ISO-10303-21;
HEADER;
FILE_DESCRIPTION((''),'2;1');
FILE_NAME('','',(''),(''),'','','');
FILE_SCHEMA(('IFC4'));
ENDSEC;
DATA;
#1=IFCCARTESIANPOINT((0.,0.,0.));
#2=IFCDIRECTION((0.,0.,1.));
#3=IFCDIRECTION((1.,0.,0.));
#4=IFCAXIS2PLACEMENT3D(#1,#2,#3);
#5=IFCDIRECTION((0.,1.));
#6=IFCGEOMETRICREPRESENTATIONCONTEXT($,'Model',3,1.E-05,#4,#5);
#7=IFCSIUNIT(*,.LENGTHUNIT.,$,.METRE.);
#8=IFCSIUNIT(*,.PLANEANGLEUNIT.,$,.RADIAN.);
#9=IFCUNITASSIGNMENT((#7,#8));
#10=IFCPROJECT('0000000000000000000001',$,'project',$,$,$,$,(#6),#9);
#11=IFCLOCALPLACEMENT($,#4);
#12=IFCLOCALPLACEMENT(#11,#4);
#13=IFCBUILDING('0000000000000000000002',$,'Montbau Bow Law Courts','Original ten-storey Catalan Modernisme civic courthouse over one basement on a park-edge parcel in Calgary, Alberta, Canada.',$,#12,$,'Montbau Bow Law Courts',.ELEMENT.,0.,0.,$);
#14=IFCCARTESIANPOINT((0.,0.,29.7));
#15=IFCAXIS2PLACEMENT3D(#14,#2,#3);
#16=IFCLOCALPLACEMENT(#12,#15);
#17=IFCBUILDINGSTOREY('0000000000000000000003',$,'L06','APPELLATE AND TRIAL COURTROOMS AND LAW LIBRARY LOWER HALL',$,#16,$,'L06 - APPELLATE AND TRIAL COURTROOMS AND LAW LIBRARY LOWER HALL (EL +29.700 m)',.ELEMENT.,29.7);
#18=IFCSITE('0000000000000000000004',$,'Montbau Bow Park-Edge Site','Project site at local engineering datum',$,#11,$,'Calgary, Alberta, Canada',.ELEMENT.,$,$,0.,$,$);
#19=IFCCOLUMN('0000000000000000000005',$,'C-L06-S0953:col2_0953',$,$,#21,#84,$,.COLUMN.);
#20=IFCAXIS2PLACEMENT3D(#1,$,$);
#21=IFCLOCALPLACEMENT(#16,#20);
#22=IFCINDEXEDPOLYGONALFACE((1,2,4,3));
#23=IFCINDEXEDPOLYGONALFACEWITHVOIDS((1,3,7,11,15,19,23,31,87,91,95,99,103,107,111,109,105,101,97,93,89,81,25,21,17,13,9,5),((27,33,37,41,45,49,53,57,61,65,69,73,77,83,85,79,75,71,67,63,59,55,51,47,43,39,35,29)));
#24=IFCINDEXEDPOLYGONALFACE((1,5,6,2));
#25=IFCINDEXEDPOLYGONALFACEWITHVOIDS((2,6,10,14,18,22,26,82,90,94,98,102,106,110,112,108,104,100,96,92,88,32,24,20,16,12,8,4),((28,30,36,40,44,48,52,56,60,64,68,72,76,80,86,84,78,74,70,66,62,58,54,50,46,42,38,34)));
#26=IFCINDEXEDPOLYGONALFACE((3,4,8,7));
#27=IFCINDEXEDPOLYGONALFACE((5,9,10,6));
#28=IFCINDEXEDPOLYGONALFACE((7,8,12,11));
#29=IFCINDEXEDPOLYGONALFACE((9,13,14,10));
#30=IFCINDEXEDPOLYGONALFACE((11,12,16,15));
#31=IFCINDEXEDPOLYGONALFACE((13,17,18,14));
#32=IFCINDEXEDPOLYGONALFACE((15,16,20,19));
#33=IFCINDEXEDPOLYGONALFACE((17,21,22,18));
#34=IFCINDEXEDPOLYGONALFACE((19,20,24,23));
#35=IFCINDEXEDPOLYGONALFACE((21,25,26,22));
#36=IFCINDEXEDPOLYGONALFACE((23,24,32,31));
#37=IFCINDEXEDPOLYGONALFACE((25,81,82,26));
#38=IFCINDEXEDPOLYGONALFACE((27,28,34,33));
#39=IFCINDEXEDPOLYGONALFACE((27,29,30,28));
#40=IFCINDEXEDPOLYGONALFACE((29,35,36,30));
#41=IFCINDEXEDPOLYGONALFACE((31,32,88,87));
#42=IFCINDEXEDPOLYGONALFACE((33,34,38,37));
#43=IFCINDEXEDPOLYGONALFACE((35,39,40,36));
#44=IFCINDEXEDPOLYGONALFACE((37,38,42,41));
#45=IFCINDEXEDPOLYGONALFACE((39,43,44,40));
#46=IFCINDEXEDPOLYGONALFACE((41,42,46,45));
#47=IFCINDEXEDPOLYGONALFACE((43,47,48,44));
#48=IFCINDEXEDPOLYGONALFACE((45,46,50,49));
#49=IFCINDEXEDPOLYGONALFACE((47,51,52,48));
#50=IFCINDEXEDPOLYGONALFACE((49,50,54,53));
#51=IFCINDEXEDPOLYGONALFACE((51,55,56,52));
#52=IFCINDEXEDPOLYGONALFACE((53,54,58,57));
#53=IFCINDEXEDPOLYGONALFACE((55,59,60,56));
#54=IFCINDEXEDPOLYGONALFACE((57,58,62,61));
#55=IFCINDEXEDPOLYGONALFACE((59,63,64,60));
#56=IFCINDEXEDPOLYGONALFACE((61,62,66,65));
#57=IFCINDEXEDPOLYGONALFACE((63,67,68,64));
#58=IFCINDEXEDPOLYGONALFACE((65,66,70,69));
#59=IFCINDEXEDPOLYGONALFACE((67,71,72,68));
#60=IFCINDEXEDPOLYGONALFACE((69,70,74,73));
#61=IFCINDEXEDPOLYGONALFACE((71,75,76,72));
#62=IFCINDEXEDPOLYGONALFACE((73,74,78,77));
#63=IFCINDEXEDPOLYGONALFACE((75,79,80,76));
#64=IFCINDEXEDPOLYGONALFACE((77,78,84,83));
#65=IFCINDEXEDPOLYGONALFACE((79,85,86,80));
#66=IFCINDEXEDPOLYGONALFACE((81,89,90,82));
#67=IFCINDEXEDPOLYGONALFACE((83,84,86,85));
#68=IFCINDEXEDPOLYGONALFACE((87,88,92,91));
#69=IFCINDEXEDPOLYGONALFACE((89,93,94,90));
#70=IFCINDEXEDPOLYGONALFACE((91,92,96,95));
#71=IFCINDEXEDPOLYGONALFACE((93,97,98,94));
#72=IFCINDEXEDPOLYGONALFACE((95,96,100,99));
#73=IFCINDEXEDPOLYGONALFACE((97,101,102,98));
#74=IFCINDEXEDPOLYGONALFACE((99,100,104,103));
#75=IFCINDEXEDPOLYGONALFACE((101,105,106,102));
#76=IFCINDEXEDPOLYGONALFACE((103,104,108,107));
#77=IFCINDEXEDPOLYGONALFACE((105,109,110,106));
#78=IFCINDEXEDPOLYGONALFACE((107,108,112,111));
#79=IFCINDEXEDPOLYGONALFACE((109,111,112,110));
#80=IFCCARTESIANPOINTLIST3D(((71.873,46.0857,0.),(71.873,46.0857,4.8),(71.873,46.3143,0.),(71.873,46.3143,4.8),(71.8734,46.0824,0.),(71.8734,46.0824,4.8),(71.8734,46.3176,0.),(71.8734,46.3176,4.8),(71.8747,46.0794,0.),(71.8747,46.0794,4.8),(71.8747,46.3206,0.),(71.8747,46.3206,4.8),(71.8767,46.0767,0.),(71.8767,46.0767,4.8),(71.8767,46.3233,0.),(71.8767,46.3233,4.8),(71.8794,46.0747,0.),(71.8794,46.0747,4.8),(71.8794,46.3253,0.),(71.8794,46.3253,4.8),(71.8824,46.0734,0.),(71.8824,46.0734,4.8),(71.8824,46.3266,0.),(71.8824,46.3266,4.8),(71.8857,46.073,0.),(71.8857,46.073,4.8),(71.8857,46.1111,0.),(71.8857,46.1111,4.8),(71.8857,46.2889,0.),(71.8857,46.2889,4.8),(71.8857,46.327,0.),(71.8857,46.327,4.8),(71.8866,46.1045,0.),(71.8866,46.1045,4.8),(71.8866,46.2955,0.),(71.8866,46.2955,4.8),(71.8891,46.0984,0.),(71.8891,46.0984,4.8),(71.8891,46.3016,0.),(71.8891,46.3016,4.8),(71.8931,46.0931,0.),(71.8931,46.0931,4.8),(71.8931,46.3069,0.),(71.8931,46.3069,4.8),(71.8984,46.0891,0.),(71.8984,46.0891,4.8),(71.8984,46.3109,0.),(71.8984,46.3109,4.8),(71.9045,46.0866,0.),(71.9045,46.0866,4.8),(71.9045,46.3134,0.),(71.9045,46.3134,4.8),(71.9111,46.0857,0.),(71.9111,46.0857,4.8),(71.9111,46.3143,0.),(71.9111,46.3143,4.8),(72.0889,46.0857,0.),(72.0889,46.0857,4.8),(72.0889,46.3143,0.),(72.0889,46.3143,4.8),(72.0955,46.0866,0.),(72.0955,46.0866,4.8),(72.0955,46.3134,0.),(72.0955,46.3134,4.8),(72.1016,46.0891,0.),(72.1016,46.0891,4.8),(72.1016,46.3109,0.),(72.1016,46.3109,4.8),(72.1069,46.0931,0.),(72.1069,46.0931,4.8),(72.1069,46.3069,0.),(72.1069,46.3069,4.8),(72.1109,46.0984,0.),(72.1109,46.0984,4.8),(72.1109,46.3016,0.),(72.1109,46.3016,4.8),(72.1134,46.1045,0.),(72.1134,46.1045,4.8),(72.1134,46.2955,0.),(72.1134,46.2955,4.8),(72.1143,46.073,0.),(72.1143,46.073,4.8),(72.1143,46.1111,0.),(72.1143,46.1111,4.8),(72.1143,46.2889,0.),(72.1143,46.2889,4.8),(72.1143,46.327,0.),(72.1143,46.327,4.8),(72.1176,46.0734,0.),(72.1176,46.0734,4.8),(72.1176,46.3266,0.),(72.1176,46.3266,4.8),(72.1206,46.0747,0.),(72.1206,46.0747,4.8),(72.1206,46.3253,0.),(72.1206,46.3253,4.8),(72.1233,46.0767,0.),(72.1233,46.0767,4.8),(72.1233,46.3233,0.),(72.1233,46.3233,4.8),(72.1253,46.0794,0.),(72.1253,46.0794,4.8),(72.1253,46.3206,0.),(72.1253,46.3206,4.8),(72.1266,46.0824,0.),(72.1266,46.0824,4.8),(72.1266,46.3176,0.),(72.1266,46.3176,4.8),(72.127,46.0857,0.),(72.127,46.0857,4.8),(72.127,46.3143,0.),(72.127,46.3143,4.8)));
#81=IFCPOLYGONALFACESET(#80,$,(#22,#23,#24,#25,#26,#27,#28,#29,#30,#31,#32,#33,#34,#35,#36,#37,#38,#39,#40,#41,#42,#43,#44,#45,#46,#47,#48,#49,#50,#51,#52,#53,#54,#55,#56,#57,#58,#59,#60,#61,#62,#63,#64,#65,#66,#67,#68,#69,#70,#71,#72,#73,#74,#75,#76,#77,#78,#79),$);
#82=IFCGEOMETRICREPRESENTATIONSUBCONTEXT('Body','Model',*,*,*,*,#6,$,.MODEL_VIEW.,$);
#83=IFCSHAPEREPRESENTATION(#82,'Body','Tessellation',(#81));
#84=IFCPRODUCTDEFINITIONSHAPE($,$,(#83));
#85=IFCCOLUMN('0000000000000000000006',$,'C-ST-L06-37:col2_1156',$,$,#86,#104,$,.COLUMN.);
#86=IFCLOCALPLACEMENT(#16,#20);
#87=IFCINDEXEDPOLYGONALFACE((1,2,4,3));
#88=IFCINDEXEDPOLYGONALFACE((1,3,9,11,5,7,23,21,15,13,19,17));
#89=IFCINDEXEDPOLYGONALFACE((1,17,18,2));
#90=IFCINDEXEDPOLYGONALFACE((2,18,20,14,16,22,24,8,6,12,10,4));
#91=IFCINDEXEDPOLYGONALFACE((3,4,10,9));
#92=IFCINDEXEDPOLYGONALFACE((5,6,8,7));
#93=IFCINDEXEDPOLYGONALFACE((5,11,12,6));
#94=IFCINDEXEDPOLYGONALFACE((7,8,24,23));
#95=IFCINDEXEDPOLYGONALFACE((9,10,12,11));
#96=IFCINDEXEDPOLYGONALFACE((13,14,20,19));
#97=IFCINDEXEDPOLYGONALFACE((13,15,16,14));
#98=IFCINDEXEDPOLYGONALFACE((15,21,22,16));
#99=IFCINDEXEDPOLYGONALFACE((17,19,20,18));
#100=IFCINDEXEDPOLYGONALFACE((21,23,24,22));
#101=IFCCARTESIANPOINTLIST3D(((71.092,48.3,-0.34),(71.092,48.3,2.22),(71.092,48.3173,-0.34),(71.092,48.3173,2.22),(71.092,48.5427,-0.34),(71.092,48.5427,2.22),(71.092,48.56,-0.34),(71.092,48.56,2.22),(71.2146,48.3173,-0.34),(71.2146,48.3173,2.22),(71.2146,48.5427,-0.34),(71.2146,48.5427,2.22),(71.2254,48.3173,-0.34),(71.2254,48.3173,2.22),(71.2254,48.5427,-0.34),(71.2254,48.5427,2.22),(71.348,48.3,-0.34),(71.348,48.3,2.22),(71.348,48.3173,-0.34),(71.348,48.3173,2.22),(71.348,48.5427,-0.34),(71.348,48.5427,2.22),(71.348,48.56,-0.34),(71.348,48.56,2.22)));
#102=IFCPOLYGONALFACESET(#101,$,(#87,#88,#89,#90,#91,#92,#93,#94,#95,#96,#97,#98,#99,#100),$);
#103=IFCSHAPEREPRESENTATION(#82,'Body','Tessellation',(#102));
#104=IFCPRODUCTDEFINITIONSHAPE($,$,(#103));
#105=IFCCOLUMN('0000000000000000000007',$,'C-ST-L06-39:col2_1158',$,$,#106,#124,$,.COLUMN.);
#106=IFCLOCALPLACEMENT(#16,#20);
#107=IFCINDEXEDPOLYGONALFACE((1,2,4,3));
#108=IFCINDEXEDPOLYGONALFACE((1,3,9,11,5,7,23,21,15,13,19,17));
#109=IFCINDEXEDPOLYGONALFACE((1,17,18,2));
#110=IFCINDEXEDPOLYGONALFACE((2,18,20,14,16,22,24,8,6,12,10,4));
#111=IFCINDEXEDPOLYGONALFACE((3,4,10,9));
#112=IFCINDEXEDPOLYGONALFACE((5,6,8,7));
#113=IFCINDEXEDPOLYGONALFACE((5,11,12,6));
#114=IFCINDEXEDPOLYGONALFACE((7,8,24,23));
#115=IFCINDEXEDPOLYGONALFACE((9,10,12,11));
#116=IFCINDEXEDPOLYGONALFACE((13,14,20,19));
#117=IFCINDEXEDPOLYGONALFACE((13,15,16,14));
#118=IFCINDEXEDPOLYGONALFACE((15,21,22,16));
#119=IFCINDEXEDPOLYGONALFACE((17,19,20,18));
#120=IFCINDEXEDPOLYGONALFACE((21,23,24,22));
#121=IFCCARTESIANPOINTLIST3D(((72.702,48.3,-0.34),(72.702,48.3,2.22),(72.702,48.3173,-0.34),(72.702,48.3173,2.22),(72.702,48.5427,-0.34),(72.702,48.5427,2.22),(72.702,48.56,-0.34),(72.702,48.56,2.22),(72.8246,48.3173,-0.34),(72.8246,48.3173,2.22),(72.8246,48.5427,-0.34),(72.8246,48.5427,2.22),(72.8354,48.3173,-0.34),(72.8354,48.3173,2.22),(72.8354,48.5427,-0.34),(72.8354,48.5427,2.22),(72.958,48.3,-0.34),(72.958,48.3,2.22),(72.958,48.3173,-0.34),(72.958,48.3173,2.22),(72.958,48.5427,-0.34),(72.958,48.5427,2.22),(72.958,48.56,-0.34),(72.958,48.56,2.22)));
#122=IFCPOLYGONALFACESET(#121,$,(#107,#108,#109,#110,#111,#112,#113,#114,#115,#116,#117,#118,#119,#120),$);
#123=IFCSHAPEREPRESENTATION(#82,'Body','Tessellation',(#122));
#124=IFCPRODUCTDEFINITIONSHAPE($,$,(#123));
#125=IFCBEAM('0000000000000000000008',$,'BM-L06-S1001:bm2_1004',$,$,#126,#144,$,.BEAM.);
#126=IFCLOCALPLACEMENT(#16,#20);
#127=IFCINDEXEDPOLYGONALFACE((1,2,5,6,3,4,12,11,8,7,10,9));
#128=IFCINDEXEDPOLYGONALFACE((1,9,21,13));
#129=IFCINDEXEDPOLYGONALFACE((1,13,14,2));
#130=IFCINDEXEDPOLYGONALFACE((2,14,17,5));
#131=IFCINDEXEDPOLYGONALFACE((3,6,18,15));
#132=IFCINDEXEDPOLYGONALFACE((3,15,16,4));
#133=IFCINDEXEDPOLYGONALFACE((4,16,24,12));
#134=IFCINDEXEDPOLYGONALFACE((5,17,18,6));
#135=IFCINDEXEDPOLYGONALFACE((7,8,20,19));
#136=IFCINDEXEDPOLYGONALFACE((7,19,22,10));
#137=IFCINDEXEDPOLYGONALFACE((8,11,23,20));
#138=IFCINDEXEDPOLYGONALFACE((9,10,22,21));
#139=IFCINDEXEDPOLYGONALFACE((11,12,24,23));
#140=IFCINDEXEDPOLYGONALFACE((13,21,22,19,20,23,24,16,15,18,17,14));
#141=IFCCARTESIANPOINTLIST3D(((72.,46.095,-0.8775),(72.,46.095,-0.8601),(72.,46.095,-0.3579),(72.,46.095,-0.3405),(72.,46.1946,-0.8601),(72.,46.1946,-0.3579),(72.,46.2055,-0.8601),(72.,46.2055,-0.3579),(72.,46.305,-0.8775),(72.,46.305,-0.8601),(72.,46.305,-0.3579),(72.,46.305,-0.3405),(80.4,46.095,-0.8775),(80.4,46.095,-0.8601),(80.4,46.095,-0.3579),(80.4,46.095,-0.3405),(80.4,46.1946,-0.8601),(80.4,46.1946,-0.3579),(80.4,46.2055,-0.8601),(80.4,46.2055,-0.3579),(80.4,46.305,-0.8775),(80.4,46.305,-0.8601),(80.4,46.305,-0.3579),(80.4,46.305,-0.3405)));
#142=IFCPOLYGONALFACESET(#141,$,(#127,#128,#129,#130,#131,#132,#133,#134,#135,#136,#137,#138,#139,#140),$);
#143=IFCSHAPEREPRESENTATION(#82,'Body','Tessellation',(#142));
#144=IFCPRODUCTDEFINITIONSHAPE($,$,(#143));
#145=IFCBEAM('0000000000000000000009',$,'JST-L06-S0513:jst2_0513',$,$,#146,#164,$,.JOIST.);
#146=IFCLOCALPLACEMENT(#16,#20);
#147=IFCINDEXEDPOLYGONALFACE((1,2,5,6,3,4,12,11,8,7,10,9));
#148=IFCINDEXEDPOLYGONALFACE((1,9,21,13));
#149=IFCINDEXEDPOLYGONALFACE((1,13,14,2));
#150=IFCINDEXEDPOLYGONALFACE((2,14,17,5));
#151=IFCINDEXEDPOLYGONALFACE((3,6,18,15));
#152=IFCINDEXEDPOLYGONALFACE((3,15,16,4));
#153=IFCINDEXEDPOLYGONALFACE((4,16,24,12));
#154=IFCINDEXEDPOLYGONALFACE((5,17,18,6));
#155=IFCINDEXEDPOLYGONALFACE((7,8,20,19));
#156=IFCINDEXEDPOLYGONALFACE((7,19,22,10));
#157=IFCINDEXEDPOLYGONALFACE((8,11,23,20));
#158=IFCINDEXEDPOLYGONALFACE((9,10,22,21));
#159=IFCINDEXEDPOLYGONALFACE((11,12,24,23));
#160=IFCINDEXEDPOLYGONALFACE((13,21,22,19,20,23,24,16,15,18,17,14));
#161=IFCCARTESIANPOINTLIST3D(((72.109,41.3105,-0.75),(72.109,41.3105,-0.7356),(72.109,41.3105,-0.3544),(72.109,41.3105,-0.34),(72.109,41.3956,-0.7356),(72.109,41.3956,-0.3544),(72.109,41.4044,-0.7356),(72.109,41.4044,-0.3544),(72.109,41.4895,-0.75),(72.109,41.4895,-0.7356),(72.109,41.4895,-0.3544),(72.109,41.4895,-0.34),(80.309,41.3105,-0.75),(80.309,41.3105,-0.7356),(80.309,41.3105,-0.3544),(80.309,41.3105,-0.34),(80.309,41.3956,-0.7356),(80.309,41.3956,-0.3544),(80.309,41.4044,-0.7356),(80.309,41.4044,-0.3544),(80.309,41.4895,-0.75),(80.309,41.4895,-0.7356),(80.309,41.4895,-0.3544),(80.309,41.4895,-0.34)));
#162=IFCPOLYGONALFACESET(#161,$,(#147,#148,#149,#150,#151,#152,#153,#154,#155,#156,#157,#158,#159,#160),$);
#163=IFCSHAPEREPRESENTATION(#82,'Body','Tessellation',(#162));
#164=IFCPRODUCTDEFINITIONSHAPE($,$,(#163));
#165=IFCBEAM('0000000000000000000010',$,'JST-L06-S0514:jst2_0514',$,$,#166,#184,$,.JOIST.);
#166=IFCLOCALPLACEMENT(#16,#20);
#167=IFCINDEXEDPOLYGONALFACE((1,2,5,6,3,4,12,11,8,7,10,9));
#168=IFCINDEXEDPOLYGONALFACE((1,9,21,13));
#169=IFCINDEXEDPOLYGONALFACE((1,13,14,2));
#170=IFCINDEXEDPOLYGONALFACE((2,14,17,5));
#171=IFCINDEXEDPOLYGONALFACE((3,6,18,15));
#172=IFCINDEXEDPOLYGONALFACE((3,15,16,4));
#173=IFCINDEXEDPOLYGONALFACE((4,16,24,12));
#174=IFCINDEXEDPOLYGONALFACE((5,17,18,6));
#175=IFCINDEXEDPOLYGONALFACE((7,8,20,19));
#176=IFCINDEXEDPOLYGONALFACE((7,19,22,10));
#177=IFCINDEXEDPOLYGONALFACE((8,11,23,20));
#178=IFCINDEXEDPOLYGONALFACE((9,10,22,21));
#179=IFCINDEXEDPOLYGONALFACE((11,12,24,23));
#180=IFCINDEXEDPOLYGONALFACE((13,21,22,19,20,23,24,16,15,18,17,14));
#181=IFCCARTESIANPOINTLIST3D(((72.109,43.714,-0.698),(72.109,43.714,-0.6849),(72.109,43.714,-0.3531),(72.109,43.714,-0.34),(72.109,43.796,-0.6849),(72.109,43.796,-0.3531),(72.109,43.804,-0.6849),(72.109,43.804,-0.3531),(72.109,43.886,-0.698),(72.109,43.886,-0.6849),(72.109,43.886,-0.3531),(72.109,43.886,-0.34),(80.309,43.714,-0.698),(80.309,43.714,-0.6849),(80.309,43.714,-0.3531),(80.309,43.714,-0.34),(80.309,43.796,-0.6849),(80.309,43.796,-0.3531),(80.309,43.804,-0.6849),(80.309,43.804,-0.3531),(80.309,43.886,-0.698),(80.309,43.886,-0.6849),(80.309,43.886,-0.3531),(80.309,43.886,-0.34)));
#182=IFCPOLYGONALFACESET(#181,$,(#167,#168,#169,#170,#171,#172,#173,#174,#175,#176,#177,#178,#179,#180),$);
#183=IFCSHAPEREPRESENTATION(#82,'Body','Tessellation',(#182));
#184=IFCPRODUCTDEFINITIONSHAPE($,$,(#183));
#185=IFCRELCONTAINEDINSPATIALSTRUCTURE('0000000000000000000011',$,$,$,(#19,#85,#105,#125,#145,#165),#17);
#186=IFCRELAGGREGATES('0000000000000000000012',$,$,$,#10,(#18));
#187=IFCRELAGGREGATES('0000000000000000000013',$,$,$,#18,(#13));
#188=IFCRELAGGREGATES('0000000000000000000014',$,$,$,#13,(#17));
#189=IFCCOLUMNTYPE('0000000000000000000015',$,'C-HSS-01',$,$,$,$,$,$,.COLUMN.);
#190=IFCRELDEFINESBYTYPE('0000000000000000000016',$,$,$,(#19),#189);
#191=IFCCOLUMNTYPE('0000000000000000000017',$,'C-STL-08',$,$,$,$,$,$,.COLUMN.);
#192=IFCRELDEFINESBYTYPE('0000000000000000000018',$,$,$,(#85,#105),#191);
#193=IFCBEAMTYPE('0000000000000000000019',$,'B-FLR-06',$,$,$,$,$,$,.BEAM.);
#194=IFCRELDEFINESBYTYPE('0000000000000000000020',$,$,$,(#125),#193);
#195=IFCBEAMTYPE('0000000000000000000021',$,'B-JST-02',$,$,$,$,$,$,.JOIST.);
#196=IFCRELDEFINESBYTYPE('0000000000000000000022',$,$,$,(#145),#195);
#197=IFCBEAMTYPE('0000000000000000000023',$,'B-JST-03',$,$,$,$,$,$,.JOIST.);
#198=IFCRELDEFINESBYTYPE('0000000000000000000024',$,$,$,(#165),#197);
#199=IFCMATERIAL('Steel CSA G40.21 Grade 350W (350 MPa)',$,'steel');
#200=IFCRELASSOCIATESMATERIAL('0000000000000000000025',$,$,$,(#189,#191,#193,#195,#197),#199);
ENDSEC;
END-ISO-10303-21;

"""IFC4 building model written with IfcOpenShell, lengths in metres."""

from ifc_helpers import new_model, si_unit, direction, frame, origin_with_axes, origin_2d_with_axis, place, context, subcontext, project, spatial, hollow_rectangle, i_section, extrude, material, material_profile, profile_set, type_object, element, save


model = new_model("IFC4")

# Units and contexts
model_context = context("Model", 3, precision=1e-05, world=origin_with_axes(), true_north=direction((0.0, 1.0)))
body_context = subcontext(model_context, "Body", "Model", "MODEL_VIEW")
ifc_project = project(units=[si_unit("LENGTHUNIT", "METRE"), si_unit("PLANEANGLEUNIT", "RADIAN")], contexts=[model_context])

# Site, building, storey
site_placement = place(None, origin_with_axes())
site = spatial("IfcSite", under=ifc_project, at=site_placement, Name="Montbau Bow Park-Edge Site", Description="Project site at local engineering datum", LongName="Calgary, Alberta, Canada", CompositionType="ELEMENT", RefElevation=0.0)
building_placement = place(site_placement, origin_with_axes())
building = spatial("IfcBuilding", under=site, at=building_placement, Name="Montbau Bow Law Courts", Description="Original ten-storey Catalan Modernisme civic courthouse over one basement on a park-edge parcel in Calgary, Alberta, Canada.", LongName="Montbau Bow Law Courts", CompositionType="ELEMENT", ElevationOfRefHeight=0.0, ElevationOfTerrain=0.0)
storey_placement = place(building_placement, frame((0.0, 0.0, 29.7), z_axis=(0.0, 0.0, 1.0), x_axis=(1.0, 0.0, 0.0)))
storey = spatial("IfcBuildingStorey", under=building, at=storey_placement, Name="L06", Description="APPELLATE AND TRIAL COURTROOMS AND LAW LIBRARY LOWER HALL", LongName="L06 - APPELLATE AND TRIAL COURTROOMS AND LAW LIBRARY LOWER HALL (EL +29.700 m)", CompositionType="ELEMENT", Elevation=29.7)

# Columns
ifc_material_1 = material(Name="Steel CSA G40.21 Grade 350W (350 MPa)", Category="steel")
ifc_material_profile_1 = material_profile(ifc_material_1, hollow_rectangle(XDim=0.254, YDim=0.254, WallThickness=0.0127, InnerFilletRadius=0.0254, OuterFilletRadius=0.0127, at=origin_2d_with_axis()), Name="HSS254X254X13", Category="Main", Priority=0)
ifc_profile_set_1 = profile_set([ifc_material_profile_1], Name="Steel CSA G40.21 Grade 350W (350 MPa)")
column_type_1 = type_object("IfcColumnType", Name="C-HSS-01", PredefinedType="COLUMN", material=ifc_profile_set_1)
column_placement = place(None, frame((72.0, 46.2, 29.7), z_axis=(0.0, 0.0, 1.0), x_axis=(1.0, 0.0, 0.0)))
element("IfcColumn", 1, at=column_placement, inside=storey, type_object=column_type_1, Name="C-L06-S0953:col2_0953", PredefinedType="COLUMN", context=body_context, shape_type="SweptSolid", body=[
    extrude(hollow_rectangle(XDim=0.254, YDim=0.254, WallThickness=0.0127, InnerFilletRadius=0.0254, OuterFilletRadius=0.0127, at=origin_2d_with_axis()), origin_with_axes(), (0.0, 0.0, 1.0), 4.8),
])
ifc_material_profile_2 = material_profile(ifc_material_1, i_section(OverallWidth=0.256, OverallDepth=0.26, WebThickness=0.0107, FlangeThickness=0.0173, at=origin_2d_with_axis()), Name="W250X89", Category="Main", Priority=0)
ifc_profile_set_2 = profile_set([ifc_material_profile_2], Name="Steel CSA G40.21 Grade 350W (350 MPa)")
column_type_2 = type_object("IfcColumnType", Name="C-STL-08", PredefinedType="COLUMN", material=ifc_profile_set_2)
for number, where, z_axis, x_axis, name in (
    (2, (71.22, 48.43, 29.36), (0.0, 0.0, 1.0), (1.0, 0.0, 0.0), "C-ST-L06-37:col2_1156"),
    (3, (72.83, 48.43, 29.36), (0.0, 0.0, 1.0), (1.0, 0.0, 0.0), "C-ST-L06-39:col2_1158"),
):
    element("IfcColumn", number, at=place(None, frame(where, z_axis=z_axis, x_axis=x_axis)), inside=storey, type_object=column_type_2, Name=name, PredefinedType="COLUMN", context=body_context, shape_type="SweptSolid", body=[
        extrude(i_section(OverallWidth=0.256, OverallDepth=0.26, WebThickness=0.0107, FlangeThickness=0.0173, at=origin_2d_with_axis()), origin_with_axes(), (0.0, 0.0, 1.0), 2.56),
    ])

# Beams
ifc_material_profile_3 = material_profile(ifc_material_1, i_section(OverallWidth=0.21, OverallDepth=0.537, WebThickness=0.0109, FlangeThickness=0.0174, at=origin_2d_with_axis()), Name="W530X101", Category="Main", Priority=0)
ifc_profile_set_3 = profile_set([ifc_material_profile_3], Name="Steel CSA G40.21 Grade 350W (350 MPa)")
beam_type_1 = type_object("IfcBeamType", Name="B-FLR-06", PredefinedType="BEAM", material=ifc_profile_set_3)
beam_1_placement = place(None, frame((72.0, 46.2, 29.091), z_axis=(1.0, 0.0, 0.0), x_axis=(0.0, 1.0, 0.0)))
element("IfcBeam", 4, at=beam_1_placement, inside=storey, type_object=beam_type_1, Name="BM-L06-S1001:bm2_1004", PredefinedType="BEAM", context=body_context, shape_type="SweptSolid", body=[
    extrude(i_section(OverallWidth=0.21, OverallDepth=0.537, WebThickness=0.0109, FlangeThickness=0.0174, at=origin_2d_with_axis()), origin_with_axes(), (0.0, 0.0, 1.0), 8.4),
])
ifc_material_profile_4 = material_profile(ifc_material_1, i_section(OverallWidth=0.179, OverallDepth=0.41, WebThickness=0.0088, FlangeThickness=0.0144, at=origin_2d_with_axis()), Name="W410X67", Category="Main", Priority=0)
ifc_profile_set_4 = profile_set([ifc_material_profile_4], Name="Steel CSA G40.21 Grade 350W (350 MPa)")
beam_type_2 = type_object("IfcBeamType", Name="B-JST-02", PredefinedType="JOIST", material=ifc_profile_set_4)
beam_2_placement = place(None, frame((72.109, 41.4, 29.155), z_axis=(1.0, 0.0, 0.0), x_axis=(0.0, 1.0, 0.0)))
element("IfcBeam", 5, at=beam_2_placement, inside=storey, type_object=beam_type_2, Name="JST-L06-S0513:jst2_0513", PredefinedType="JOIST", context=body_context, shape_type="SweptSolid", body=[
    extrude(i_section(OverallWidth=0.179, OverallDepth=0.41, WebThickness=0.0088, FlangeThickness=0.0144, at=origin_2d_with_axis()), origin_with_axes(), (0.0, 0.0, 1.0), 8.2),
])
ifc_material_profile_5 = material_profile(ifc_material_1, i_section(OverallWidth=0.172, OverallDepth=0.358, WebThickness=0.0079, FlangeThickness=0.0131, at=origin_2d_with_axis()), Name="W360X57", Category="Main", Priority=0)
ifc_profile_set_5 = profile_set([ifc_material_profile_5], Name="Steel CSA G40.21 Grade 350W (350 MPa)")
beam_type_3 = type_object("IfcBeamType", Name="B-JST-03", PredefinedType="JOIST", material=ifc_profile_set_5)
beam_3_placement = place(None, frame((72.109, 43.8, 29.181), z_axis=(1.0, 0.0, 0.0), x_axis=(0.0, 1.0, 0.0)))
element("IfcBeam", 6, at=beam_3_placement, inside=storey, type_object=beam_type_3, Name="JST-L06-S0514:jst2_0514", PredefinedType="JOIST", context=body_context, shape_type="SweptSolid", body=[
    extrude(i_section(OverallWidth=0.172, OverallDepth=0.358, WebThickness=0.0079, FlangeThickness=0.0131, at=origin_2d_with_axis()), origin_with_axes(), (0.0, 0.0, 1.0), 8.2),
])

save(model, "model.ifc")
